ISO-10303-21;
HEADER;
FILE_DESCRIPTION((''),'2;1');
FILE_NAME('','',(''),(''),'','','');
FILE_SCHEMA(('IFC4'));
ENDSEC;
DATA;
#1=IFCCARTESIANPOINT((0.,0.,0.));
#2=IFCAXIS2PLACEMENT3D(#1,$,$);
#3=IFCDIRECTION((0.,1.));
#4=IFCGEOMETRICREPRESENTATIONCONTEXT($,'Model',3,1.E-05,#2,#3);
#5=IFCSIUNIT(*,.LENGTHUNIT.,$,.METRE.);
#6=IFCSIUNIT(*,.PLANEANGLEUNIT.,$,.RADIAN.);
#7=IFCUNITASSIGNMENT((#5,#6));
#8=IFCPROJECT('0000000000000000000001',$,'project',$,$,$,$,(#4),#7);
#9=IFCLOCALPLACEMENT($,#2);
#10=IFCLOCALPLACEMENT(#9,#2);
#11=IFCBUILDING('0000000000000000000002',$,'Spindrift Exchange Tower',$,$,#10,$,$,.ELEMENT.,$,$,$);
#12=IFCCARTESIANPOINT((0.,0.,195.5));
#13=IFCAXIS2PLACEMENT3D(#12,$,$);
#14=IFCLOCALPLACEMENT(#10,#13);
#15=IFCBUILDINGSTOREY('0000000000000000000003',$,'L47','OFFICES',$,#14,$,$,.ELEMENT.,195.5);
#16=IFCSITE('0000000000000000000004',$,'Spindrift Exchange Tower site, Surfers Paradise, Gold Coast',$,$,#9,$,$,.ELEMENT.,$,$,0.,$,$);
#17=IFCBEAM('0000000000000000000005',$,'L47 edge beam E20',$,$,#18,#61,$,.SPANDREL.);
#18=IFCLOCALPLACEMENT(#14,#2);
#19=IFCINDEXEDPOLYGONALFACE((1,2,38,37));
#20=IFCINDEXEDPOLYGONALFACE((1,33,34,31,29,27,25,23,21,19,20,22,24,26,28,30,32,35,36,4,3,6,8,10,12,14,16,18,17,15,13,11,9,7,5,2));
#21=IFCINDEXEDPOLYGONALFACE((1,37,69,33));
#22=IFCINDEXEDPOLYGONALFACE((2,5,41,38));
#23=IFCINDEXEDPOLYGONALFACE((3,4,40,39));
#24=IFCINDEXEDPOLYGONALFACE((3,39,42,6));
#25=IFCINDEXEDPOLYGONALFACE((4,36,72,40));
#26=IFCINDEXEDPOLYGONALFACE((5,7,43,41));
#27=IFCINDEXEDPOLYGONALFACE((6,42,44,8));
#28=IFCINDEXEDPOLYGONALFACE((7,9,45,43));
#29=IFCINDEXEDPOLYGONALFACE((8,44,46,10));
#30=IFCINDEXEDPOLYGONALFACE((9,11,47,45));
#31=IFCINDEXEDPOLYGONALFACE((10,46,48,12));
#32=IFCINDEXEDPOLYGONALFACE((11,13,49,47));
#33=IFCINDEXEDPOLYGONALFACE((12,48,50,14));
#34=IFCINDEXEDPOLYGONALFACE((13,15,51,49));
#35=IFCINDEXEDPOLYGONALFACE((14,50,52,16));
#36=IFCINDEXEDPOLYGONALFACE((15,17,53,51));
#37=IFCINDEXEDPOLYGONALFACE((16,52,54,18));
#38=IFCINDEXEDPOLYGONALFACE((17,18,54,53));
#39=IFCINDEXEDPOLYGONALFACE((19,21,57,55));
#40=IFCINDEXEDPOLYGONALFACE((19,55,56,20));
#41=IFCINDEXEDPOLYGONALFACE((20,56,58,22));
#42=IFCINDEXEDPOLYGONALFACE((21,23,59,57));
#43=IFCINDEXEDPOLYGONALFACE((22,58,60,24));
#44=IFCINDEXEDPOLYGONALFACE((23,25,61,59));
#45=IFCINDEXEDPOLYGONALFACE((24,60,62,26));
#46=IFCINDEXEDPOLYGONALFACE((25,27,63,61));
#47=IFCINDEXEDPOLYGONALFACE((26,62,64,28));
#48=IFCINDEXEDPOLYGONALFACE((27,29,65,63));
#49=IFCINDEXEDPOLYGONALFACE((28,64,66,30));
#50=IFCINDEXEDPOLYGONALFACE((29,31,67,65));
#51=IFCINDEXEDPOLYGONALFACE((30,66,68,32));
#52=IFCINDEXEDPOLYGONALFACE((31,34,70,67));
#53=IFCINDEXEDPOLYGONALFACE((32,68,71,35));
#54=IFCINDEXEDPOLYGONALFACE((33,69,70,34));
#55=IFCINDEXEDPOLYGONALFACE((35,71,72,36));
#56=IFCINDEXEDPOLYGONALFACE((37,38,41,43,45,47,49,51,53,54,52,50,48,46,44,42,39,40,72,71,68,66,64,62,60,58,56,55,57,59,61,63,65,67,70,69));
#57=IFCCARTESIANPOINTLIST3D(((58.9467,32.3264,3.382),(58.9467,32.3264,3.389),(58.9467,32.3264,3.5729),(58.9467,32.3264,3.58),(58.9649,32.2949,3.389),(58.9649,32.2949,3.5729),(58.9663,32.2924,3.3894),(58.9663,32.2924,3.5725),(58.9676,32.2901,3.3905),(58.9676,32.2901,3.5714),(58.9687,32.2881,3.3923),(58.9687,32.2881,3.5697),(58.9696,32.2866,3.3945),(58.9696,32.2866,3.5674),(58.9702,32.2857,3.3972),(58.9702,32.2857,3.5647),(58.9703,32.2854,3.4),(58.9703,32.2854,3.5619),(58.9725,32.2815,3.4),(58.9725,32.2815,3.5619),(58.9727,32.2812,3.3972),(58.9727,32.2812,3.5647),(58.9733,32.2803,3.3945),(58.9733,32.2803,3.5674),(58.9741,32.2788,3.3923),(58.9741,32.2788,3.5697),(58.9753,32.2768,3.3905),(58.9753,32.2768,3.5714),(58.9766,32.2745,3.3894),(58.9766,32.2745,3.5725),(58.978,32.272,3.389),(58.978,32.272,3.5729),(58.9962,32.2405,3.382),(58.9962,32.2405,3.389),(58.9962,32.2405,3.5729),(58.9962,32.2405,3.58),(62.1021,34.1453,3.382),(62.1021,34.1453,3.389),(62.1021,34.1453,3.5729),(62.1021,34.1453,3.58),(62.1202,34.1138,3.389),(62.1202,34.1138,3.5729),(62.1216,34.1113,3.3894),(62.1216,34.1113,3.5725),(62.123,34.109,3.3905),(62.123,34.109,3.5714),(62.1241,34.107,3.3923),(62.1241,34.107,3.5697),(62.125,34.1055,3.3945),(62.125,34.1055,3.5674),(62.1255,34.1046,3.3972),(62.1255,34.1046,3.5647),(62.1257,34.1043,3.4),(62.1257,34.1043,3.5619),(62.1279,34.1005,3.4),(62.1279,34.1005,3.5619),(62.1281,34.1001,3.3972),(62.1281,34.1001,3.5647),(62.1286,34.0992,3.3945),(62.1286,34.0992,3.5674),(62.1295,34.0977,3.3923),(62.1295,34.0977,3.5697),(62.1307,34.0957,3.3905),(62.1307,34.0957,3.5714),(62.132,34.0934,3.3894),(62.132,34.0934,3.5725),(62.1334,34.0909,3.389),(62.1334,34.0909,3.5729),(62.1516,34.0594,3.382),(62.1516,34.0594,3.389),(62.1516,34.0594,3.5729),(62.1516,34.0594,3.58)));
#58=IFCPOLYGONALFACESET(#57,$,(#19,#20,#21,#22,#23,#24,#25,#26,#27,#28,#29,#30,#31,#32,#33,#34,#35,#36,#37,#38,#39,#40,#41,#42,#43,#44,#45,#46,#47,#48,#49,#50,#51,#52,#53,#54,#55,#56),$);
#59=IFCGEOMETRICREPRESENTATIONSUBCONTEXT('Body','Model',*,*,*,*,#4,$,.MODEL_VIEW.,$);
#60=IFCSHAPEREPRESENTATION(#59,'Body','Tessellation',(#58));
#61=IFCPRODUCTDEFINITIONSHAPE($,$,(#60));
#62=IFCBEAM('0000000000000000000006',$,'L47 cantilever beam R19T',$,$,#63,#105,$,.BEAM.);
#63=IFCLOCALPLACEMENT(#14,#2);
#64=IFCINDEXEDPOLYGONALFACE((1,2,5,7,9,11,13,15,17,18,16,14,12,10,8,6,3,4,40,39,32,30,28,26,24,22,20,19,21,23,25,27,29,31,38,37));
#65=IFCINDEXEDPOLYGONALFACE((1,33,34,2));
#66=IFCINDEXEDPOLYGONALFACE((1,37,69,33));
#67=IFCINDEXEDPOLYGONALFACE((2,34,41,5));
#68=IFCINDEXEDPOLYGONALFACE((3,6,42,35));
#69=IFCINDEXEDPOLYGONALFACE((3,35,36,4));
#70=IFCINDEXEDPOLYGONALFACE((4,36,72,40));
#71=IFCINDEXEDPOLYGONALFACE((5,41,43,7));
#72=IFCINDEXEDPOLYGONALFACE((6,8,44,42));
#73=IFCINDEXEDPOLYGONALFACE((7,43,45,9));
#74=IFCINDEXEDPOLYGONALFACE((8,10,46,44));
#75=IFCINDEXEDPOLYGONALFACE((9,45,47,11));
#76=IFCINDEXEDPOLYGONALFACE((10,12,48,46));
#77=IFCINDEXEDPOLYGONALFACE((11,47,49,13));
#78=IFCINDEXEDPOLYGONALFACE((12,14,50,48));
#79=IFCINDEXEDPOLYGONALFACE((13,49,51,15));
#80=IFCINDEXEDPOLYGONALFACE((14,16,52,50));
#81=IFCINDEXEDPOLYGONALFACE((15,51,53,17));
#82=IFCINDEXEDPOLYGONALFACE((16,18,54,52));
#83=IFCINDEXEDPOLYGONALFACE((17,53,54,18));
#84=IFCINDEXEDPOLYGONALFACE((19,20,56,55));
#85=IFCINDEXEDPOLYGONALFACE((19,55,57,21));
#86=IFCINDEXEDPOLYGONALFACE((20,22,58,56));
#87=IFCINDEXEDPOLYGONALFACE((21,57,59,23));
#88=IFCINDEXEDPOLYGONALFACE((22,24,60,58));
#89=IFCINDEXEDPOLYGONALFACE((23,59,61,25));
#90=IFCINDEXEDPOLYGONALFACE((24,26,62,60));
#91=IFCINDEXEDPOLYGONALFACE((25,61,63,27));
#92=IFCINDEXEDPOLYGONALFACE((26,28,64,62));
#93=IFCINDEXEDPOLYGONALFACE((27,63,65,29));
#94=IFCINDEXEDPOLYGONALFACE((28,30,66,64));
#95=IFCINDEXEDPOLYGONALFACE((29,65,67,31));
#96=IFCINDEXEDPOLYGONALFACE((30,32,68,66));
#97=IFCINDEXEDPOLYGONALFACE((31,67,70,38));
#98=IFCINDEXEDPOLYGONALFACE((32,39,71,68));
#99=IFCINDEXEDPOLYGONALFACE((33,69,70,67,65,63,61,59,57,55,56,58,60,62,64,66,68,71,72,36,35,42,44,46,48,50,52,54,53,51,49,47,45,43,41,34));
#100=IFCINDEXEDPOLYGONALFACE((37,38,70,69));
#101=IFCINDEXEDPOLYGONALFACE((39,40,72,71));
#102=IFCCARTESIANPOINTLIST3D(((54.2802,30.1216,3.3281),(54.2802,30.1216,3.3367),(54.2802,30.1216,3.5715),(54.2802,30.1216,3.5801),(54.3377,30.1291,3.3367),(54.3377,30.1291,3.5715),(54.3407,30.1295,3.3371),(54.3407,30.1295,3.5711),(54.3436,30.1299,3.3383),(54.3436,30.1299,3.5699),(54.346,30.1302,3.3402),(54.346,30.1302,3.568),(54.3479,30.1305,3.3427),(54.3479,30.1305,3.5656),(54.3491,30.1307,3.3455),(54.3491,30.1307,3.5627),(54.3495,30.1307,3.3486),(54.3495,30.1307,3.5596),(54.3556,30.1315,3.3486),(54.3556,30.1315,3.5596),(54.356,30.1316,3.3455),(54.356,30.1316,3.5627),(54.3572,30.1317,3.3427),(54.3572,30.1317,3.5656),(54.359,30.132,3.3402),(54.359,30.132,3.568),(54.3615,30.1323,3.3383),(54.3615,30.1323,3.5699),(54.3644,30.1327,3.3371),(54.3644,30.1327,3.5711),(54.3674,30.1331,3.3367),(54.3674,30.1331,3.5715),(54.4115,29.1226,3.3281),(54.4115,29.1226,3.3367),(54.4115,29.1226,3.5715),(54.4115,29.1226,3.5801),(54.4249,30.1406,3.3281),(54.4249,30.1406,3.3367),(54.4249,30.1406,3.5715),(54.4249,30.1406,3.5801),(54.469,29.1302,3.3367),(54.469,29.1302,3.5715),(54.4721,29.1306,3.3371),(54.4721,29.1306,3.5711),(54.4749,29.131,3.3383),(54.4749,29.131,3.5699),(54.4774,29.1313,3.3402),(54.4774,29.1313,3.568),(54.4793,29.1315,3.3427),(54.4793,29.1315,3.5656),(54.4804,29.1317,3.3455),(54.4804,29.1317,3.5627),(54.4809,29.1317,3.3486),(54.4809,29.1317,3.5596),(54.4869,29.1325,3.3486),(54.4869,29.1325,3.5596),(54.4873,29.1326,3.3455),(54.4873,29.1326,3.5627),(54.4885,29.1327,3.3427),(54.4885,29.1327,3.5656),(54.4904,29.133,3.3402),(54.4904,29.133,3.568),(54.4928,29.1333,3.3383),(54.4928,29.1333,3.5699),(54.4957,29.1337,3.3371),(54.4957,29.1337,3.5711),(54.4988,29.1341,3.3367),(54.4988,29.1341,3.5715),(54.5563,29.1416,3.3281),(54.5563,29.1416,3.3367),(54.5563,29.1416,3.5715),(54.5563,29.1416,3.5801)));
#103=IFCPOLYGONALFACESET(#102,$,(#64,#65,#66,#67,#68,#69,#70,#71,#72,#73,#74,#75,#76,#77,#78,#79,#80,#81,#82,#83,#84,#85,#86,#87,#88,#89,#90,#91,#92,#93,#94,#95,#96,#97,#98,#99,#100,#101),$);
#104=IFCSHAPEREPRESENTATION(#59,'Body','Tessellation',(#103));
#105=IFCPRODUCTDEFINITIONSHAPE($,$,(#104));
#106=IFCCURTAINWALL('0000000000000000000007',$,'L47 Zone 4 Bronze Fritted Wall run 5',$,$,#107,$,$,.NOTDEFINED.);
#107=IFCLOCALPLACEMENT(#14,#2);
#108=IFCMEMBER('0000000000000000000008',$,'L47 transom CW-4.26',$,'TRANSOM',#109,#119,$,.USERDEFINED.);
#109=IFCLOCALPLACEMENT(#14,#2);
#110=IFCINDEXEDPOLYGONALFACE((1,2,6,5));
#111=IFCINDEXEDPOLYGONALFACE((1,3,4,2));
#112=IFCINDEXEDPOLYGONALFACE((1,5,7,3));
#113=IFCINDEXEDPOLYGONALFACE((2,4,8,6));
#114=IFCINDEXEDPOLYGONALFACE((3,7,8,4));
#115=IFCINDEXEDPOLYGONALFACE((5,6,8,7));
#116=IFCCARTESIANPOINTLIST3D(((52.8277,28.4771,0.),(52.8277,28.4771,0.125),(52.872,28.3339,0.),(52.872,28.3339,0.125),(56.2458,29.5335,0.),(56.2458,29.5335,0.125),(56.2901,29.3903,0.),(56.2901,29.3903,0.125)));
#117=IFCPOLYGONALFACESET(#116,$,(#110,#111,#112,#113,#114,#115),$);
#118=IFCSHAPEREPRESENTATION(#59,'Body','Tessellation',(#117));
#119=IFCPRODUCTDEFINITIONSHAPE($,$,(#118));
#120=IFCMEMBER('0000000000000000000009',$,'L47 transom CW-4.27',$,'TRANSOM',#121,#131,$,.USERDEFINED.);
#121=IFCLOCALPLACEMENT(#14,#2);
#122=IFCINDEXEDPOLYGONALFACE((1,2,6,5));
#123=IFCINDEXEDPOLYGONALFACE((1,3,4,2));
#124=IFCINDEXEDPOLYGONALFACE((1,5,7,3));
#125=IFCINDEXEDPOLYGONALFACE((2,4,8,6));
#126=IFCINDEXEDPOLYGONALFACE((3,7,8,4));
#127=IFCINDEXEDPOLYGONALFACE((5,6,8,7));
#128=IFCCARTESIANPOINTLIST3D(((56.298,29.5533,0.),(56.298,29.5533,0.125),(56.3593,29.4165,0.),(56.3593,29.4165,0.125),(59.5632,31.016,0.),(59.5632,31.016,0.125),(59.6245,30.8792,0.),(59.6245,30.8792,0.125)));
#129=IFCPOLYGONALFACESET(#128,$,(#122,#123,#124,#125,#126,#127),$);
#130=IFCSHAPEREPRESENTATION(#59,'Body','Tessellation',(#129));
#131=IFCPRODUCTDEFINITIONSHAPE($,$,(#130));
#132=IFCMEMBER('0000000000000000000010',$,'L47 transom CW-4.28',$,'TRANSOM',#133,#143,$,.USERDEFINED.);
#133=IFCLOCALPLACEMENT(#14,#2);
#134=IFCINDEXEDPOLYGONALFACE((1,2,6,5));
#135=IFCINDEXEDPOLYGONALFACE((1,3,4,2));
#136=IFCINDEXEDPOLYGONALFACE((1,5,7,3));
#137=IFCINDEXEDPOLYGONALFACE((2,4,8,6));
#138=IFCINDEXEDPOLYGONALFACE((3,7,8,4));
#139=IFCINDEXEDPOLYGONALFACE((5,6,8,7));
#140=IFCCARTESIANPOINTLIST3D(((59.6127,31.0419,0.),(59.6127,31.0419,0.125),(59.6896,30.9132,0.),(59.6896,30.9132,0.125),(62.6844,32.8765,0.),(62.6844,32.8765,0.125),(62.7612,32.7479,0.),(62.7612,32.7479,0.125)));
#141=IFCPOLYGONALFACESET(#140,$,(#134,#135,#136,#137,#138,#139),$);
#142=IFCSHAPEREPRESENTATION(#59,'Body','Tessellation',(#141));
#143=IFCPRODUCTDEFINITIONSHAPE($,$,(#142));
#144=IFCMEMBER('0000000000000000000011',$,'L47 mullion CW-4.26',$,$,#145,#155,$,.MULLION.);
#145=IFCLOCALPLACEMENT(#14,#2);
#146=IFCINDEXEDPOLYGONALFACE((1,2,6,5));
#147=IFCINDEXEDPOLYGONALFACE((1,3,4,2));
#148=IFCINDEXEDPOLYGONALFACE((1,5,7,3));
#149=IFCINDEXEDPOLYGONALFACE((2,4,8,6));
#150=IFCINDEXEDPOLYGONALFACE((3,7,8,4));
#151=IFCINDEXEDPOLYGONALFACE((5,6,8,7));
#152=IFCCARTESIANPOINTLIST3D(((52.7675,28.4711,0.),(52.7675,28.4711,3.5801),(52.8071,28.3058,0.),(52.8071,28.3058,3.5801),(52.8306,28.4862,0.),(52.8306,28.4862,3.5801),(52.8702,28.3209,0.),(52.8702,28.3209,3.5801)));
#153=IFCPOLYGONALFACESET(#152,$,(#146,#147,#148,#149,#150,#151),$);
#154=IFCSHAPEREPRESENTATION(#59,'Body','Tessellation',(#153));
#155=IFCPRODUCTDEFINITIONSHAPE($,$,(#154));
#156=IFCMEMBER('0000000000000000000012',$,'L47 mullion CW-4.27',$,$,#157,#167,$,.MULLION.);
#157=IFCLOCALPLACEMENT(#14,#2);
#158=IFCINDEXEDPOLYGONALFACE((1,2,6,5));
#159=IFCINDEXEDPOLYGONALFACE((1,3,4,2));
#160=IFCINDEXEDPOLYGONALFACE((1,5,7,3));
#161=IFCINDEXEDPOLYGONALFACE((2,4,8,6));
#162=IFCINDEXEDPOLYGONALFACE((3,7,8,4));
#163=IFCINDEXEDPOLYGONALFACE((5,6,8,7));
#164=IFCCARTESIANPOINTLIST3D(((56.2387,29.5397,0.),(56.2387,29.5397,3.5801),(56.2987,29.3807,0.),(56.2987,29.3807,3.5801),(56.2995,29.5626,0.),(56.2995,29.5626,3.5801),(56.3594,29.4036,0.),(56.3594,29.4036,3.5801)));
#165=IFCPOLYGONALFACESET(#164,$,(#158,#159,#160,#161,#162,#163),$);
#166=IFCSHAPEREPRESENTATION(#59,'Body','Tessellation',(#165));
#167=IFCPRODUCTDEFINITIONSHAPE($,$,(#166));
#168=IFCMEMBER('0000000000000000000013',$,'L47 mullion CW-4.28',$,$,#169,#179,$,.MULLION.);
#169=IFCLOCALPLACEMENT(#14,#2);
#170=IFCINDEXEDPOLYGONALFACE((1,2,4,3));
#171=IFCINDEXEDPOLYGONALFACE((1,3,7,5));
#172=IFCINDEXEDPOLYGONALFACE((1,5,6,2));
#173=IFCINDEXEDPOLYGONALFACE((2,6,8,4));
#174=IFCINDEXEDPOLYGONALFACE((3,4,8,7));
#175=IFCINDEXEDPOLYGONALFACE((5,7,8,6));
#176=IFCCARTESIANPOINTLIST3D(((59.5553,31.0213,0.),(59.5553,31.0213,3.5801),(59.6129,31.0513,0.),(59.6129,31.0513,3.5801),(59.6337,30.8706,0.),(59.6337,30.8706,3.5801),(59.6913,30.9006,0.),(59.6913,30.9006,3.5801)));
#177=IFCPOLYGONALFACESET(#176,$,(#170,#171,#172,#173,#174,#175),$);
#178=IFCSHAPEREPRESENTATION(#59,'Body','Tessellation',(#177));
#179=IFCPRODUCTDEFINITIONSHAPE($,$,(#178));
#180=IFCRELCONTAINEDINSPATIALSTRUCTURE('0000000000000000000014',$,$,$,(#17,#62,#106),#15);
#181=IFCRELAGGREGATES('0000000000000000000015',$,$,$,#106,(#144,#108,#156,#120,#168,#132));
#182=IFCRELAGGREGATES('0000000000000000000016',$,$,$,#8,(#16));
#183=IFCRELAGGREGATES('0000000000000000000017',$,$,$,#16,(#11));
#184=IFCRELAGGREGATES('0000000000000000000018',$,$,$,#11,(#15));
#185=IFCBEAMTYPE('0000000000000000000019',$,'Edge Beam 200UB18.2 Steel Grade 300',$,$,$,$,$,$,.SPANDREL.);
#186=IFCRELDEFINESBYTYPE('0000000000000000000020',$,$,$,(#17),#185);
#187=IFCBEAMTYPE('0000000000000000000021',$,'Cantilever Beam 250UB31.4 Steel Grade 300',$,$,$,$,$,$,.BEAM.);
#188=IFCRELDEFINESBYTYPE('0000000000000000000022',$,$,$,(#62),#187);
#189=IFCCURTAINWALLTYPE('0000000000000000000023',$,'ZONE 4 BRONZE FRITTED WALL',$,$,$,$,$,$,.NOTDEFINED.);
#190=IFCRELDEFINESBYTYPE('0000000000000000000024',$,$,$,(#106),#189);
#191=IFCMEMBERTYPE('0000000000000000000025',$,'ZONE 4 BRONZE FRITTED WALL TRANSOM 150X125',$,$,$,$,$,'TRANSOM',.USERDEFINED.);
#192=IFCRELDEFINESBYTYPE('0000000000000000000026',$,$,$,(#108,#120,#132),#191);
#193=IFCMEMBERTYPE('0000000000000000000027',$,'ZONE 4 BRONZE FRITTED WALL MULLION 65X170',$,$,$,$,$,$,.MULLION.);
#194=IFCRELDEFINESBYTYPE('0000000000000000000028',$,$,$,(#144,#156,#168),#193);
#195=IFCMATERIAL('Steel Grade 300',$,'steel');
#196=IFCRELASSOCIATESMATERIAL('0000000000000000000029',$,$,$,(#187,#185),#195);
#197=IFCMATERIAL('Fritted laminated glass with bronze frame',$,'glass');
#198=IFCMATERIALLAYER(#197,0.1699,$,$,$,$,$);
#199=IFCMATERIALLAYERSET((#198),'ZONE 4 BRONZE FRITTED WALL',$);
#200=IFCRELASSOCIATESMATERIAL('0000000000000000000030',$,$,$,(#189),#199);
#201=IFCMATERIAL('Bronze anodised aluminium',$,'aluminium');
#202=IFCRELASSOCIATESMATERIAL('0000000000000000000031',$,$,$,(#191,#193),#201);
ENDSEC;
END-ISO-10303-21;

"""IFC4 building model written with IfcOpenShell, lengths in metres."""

from ifc_helpers import new_model, si_unit, direction, frame, origin, origin_2d, place, context, subcontext, project, spatial, rectangle, i_section, extrude, source, transform, mapped, material, layer, layer_set, material_profile, profile_set, type_object, element, aggregate, save


model = new_model("IFC4")

# Units and contexts
model_context = context("Model", 3, precision=1e-05, world=origin(), true_north=direction((0.0, 1.0)))
body_context = subcontext(model_context, "Body", "Model", "MODEL_VIEW")
ifc_project = project(units=[si_unit("LENGTHUNIT", "METRE"), si_unit("PLANEANGLEUNIT", "RADIAN")], contexts=[model_context])

# Site, building, storey
site_placement = place(None, origin())
site = spatial("IfcSite", under=ifc_project, at=site_placement, Name="Spindrift Exchange Tower site, Surfers Paradise, Gold Coast", CompositionType="ELEMENT", RefElevation=0.0)
building_placement = place(site_placement, origin())
building = spatial("IfcBuilding", under=site, at=building_placement, Name="Spindrift Exchange Tower", CompositionType="ELEMENT")
storey_placement = place(building_placement, frame((0.0, 0.0, 195.5)))
storey = spatial("IfcBuildingStorey", under=building, at=storey_placement, Name="L47", Description="OFFICES", CompositionType="ELEMENT", Elevation=195.5)

# Beams
ifc_material_1 = material(Name="Steel Grade 300", Category="steel")
ifc_material_profile_1 = material_profile(ifc_material_1, i_section(OverallWidth=0.146, OverallDepth=0.252, WebThickness=0.0061, FlangeThickness=0.0085, FilletRadius=0.012, at=origin_2d()), Name="250UB31.4")
ifc_profile_set_1 = profile_set([ifc_material_profile_1], Name="Steel Grade 300")
beam_type_1 = type_object("IfcBeamType", Name="Cantilever Beam 250UB31.4 Steel Grade 300", PredefinedType="BEAM", material=ifc_profile_set_1)
ifc_material_profile_2 = material_profile(ifc_material_1, i_section(OverallWidth=0.0991, OverallDepth=0.198, WebThickness=0.0044, FlangeThickness=0.0071, FilletRadius=0.011, at=origin_2d()), Name="200UB18.2")
ifc_profile_set_2 = profile_set([ifc_material_profile_2], Name="Steel Grade 300")
beam_type_2 = type_object("IfcBeamType", Name="Edge Beam 200UB18.2 Steel Grade 300", PredefinedType="SPANDREL", material=ifc_profile_set_2)
shared_shape_1 = source(origin(), body_context, "Body", "SweptSolid", [
    extrude(i_section(OverallWidth=0.0991, OverallDepth=0.198, WebThickness=0.0044, FlangeThickness=0.0071, FilletRadius=0.011, at=origin_2d()), origin(), (0.0, 0.0, 1.0), 3.6421),
])
beam_1_placement = place(storey_placement, frame((58.9714, 32.2834, 3.481), z_axis=(0.866364, 0.499413, 0.0), x_axis=(-0.499413, 0.866364, 0.0)))
element("IfcBeam", 1, at=beam_1_placement, inside=storey, type_object=beam_type_2, Name="L47 edge beam E20", PredefinedType="SPANDREL", context=body_context, shape_type="MappedRepresentation", body=[
    mapped(shared_shape_1, transform((0.0, 0.0, 0.0), scale=1.0)),
])
shared_shape_2 = source(origin(), body_context, "Body", "SweptSolid", [
    extrude(i_section(OverallWidth=0.146, OverallDepth=0.252, WebThickness=0.0061, FlangeThickness=0.0085, FilletRadius=0.012, at=origin_2d()), origin(), (0.0, 0.0, 1.0), 1.0076),
])
beam_2_placement = place(storey_placement, frame((54.3525, 30.1311, 3.4541), z_axis=(0.130354, -0.991467, 0.0), x_axis=(0.991467, 0.130354, 0.0)))
element("IfcBeam", 2, at=beam_2_placement, inside=storey, type_object=beam_type_1, Name="L47 cantilever beam R19T", PredefinedType="BEAM", context=body_context, shape_type="MappedRepresentation", body=[
    mapped(shared_shape_2, transform((0.0, 0.0, 0.0), scale=1.0)),
])

# Curtain wall, members
ifc_material_2 = material(Name="Fritted laminated glass with bronze frame", Category="glass")
ifc_layer_1 = layer(ifc_material_2, 0.1699)
ifc_layer_set_1 = layer_set([ifc_layer_1], Name="ZONE 4 BRONZE FRITTED WALL")
curtain_wall_type = type_object("IfcCurtainWallType", Name="ZONE 4 BRONZE FRITTED WALL", PredefinedType="NOTDEFINED", material=ifc_layer_set_1)
curtain_wall_placement = place(storey_placement, origin())
curtain_wall = element("IfcCurtainWall", 3, at=curtain_wall_placement, inside=storey, type_object=curtain_wall_type, Name="L47 Zone 4 Bronze Fritted Wall run 5", PredefinedType="NOTDEFINED")
ifc_material_3 = material(Name="Bronze anodised aluminium", Category="aluminium")
ifc_material_profile_3 = material_profile(ifc_material_3, rectangle(XDim=0.1499, YDim=0.125, at=origin_2d()), Name="ZONE 4 BRONZE FRITTED WALL TRANSOM 150X125")
ifc_profile_set_3 = profile_set([ifc_material_profile_3], Name="Bronze anodised aluminium")
member_type_1 = type_object("IfcMemberType", Name="ZONE 4 BRONZE FRITTED WALL TRANSOM 150X125", ElementType="TRANSOM", PredefinedType="USERDEFINED", material=ifc_profile_set_3)
shared_shape_3 = source(origin(), body_context, "Body", "SweptSolid", [
    extrude(rectangle(XDim=0.1499, YDim=0.125, at=origin_2d()), origin(), (0.0, 0.0, 1.0), 3.5776),
])
member_1_placement = place(storey_placement, frame((52.8499, 28.4055, 0.0625), z_axis=(0.955414, 0.29527, 0.0), x_axis=(-0.29527, 0.955414, 0.0)))
member_1 = element("IfcMember", 4, at=member_1_placement, type_object=member_type_1, Name="L47 transom CW-4.26", ObjectType="TRANSOM", PredefinedType="USERDEFINED", context=body_context, shape_type="MappedRepresentation", body=[
    mapped(shared_shape_3, transform((0.0, 0.0, 0.0), scale=1.0)),
])
shared_shape_4 = source(origin(), body_context, "Body", "SweptSolid", [
    extrude(rectangle(XDim=0.1499, YDim=0.125, at=origin_2d()), origin(), (0.0, 0.0, 1.0), 3.5779),
])
member_2_placement = place(storey_placement, frame((56.3286, 29.4849, 0.0625), z_axis=(0.912617, 0.408815, 0.0), x_axis=(-0.408815, 0.912617, 0.0)))
member_2 = element("IfcMember", 5, at=member_2_placement, type_object=member_type_1, Name="L47 transom CW-4.27", ObjectType="TRANSOM", PredefinedType="USERDEFINED", context=body_context, shape_type="MappedRepresentation", body=[
    mapped(shared_shape_4, transform((0.0, 0.0, 0.0), scale=1.0)),
])
member_3_placement = place(storey_placement, frame((59.6511, 30.9775, 0.0625), z_axis=(0.858521, 0.512779, 0.0), x_axis=(-0.512779, 0.858521, 0.0)))
member_3 = element("IfcMember", 6, at=member_3_placement, type_object=member_type_1, Name="L47 transom CW-4.28", ObjectType="TRANSOM", PredefinedType="USERDEFINED", context=body_context, shape_type="MappedRepresentation", body=[
    mapped(shared_shape_4, transform((0.0, 0.0, 0.0), scale=1.0)),
])
ifc_material_profile_4 = material_profile(ifc_material_3, rectangle(XDim=0.0649, YDim=0.1699, at=origin_2d()), Name="ZONE 4 BRONZE FRITTED WALL MULLION 65X170")
ifc_profile_set_4 = profile_set([ifc_material_profile_4], Name="Bronze anodised aluminium")
member_type_2 = type_object("IfcMemberType", Name="ZONE 4 BRONZE FRITTED WALL MULLION 65X170", PredefinedType="MULLION", material=ifc_profile_set_4)
shared_shape_5 = source(origin(), body_context, "Body", "SweptSolid", [
    extrude(rectangle(XDim=0.0649, YDim=0.1699, at=origin_2d()), origin(), (0.0, 0.0, 1.0), 3.5801),
])
member_4_placement = place(storey_placement, frame((52.8188, 28.396, 0.0), z_axis=(0.0, 0.0, 1.0), x_axis=(0.972484, 0.232969, 0.0)))
member_4 = element("IfcMember", 7, at=member_4_placement, type_object=member_type_2, Name="L47 mullion CW-4.26", PredefinedType="MULLION", context=body_context, shape_type="MappedRepresentation", body=[
    mapped(shared_shape_5, transform((0.0, 0.0, 0.0), scale=1.0)),
])
member_5_placement = place(storey_placement, frame((56.2991, 29.4717, 0.0), z_axis=(0.0, 0.0, 1.0), x_axis=(0.935725, 0.352732, 0.0)))
member_5 = element("IfcMember", 8, at=member_5_placement, type_object=member_type_2, Name="L47 mullion CW-4.27", PredefinedType="MULLION", context=body_context, shape_type="MappedRepresentation", body=[
    mapped(shared_shape_5, transform((0.0, 0.0, 0.0), scale=1.0)),
])
member_6_placement = place(storey_placement, frame((59.6233, 30.9609, 0.0), z_axis=(0.0, 0.0, 1.0), x_axis=(0.887085, 0.461607, 0.0)))
member_6 = element("IfcMember", 9, at=member_6_placement, type_object=member_type_2, Name="L47 mullion CW-4.28", PredefinedType="MULLION", context=body_context, shape_type="MappedRepresentation", body=[
    mapped(shared_shape_5, transform((0.0, 0.0, 0.0), scale=1.0)),
])
aggregate(curtain_wall, [member_4, member_1, member_5, member_2, member_6, member_3])

save(model, "model.ifc")
